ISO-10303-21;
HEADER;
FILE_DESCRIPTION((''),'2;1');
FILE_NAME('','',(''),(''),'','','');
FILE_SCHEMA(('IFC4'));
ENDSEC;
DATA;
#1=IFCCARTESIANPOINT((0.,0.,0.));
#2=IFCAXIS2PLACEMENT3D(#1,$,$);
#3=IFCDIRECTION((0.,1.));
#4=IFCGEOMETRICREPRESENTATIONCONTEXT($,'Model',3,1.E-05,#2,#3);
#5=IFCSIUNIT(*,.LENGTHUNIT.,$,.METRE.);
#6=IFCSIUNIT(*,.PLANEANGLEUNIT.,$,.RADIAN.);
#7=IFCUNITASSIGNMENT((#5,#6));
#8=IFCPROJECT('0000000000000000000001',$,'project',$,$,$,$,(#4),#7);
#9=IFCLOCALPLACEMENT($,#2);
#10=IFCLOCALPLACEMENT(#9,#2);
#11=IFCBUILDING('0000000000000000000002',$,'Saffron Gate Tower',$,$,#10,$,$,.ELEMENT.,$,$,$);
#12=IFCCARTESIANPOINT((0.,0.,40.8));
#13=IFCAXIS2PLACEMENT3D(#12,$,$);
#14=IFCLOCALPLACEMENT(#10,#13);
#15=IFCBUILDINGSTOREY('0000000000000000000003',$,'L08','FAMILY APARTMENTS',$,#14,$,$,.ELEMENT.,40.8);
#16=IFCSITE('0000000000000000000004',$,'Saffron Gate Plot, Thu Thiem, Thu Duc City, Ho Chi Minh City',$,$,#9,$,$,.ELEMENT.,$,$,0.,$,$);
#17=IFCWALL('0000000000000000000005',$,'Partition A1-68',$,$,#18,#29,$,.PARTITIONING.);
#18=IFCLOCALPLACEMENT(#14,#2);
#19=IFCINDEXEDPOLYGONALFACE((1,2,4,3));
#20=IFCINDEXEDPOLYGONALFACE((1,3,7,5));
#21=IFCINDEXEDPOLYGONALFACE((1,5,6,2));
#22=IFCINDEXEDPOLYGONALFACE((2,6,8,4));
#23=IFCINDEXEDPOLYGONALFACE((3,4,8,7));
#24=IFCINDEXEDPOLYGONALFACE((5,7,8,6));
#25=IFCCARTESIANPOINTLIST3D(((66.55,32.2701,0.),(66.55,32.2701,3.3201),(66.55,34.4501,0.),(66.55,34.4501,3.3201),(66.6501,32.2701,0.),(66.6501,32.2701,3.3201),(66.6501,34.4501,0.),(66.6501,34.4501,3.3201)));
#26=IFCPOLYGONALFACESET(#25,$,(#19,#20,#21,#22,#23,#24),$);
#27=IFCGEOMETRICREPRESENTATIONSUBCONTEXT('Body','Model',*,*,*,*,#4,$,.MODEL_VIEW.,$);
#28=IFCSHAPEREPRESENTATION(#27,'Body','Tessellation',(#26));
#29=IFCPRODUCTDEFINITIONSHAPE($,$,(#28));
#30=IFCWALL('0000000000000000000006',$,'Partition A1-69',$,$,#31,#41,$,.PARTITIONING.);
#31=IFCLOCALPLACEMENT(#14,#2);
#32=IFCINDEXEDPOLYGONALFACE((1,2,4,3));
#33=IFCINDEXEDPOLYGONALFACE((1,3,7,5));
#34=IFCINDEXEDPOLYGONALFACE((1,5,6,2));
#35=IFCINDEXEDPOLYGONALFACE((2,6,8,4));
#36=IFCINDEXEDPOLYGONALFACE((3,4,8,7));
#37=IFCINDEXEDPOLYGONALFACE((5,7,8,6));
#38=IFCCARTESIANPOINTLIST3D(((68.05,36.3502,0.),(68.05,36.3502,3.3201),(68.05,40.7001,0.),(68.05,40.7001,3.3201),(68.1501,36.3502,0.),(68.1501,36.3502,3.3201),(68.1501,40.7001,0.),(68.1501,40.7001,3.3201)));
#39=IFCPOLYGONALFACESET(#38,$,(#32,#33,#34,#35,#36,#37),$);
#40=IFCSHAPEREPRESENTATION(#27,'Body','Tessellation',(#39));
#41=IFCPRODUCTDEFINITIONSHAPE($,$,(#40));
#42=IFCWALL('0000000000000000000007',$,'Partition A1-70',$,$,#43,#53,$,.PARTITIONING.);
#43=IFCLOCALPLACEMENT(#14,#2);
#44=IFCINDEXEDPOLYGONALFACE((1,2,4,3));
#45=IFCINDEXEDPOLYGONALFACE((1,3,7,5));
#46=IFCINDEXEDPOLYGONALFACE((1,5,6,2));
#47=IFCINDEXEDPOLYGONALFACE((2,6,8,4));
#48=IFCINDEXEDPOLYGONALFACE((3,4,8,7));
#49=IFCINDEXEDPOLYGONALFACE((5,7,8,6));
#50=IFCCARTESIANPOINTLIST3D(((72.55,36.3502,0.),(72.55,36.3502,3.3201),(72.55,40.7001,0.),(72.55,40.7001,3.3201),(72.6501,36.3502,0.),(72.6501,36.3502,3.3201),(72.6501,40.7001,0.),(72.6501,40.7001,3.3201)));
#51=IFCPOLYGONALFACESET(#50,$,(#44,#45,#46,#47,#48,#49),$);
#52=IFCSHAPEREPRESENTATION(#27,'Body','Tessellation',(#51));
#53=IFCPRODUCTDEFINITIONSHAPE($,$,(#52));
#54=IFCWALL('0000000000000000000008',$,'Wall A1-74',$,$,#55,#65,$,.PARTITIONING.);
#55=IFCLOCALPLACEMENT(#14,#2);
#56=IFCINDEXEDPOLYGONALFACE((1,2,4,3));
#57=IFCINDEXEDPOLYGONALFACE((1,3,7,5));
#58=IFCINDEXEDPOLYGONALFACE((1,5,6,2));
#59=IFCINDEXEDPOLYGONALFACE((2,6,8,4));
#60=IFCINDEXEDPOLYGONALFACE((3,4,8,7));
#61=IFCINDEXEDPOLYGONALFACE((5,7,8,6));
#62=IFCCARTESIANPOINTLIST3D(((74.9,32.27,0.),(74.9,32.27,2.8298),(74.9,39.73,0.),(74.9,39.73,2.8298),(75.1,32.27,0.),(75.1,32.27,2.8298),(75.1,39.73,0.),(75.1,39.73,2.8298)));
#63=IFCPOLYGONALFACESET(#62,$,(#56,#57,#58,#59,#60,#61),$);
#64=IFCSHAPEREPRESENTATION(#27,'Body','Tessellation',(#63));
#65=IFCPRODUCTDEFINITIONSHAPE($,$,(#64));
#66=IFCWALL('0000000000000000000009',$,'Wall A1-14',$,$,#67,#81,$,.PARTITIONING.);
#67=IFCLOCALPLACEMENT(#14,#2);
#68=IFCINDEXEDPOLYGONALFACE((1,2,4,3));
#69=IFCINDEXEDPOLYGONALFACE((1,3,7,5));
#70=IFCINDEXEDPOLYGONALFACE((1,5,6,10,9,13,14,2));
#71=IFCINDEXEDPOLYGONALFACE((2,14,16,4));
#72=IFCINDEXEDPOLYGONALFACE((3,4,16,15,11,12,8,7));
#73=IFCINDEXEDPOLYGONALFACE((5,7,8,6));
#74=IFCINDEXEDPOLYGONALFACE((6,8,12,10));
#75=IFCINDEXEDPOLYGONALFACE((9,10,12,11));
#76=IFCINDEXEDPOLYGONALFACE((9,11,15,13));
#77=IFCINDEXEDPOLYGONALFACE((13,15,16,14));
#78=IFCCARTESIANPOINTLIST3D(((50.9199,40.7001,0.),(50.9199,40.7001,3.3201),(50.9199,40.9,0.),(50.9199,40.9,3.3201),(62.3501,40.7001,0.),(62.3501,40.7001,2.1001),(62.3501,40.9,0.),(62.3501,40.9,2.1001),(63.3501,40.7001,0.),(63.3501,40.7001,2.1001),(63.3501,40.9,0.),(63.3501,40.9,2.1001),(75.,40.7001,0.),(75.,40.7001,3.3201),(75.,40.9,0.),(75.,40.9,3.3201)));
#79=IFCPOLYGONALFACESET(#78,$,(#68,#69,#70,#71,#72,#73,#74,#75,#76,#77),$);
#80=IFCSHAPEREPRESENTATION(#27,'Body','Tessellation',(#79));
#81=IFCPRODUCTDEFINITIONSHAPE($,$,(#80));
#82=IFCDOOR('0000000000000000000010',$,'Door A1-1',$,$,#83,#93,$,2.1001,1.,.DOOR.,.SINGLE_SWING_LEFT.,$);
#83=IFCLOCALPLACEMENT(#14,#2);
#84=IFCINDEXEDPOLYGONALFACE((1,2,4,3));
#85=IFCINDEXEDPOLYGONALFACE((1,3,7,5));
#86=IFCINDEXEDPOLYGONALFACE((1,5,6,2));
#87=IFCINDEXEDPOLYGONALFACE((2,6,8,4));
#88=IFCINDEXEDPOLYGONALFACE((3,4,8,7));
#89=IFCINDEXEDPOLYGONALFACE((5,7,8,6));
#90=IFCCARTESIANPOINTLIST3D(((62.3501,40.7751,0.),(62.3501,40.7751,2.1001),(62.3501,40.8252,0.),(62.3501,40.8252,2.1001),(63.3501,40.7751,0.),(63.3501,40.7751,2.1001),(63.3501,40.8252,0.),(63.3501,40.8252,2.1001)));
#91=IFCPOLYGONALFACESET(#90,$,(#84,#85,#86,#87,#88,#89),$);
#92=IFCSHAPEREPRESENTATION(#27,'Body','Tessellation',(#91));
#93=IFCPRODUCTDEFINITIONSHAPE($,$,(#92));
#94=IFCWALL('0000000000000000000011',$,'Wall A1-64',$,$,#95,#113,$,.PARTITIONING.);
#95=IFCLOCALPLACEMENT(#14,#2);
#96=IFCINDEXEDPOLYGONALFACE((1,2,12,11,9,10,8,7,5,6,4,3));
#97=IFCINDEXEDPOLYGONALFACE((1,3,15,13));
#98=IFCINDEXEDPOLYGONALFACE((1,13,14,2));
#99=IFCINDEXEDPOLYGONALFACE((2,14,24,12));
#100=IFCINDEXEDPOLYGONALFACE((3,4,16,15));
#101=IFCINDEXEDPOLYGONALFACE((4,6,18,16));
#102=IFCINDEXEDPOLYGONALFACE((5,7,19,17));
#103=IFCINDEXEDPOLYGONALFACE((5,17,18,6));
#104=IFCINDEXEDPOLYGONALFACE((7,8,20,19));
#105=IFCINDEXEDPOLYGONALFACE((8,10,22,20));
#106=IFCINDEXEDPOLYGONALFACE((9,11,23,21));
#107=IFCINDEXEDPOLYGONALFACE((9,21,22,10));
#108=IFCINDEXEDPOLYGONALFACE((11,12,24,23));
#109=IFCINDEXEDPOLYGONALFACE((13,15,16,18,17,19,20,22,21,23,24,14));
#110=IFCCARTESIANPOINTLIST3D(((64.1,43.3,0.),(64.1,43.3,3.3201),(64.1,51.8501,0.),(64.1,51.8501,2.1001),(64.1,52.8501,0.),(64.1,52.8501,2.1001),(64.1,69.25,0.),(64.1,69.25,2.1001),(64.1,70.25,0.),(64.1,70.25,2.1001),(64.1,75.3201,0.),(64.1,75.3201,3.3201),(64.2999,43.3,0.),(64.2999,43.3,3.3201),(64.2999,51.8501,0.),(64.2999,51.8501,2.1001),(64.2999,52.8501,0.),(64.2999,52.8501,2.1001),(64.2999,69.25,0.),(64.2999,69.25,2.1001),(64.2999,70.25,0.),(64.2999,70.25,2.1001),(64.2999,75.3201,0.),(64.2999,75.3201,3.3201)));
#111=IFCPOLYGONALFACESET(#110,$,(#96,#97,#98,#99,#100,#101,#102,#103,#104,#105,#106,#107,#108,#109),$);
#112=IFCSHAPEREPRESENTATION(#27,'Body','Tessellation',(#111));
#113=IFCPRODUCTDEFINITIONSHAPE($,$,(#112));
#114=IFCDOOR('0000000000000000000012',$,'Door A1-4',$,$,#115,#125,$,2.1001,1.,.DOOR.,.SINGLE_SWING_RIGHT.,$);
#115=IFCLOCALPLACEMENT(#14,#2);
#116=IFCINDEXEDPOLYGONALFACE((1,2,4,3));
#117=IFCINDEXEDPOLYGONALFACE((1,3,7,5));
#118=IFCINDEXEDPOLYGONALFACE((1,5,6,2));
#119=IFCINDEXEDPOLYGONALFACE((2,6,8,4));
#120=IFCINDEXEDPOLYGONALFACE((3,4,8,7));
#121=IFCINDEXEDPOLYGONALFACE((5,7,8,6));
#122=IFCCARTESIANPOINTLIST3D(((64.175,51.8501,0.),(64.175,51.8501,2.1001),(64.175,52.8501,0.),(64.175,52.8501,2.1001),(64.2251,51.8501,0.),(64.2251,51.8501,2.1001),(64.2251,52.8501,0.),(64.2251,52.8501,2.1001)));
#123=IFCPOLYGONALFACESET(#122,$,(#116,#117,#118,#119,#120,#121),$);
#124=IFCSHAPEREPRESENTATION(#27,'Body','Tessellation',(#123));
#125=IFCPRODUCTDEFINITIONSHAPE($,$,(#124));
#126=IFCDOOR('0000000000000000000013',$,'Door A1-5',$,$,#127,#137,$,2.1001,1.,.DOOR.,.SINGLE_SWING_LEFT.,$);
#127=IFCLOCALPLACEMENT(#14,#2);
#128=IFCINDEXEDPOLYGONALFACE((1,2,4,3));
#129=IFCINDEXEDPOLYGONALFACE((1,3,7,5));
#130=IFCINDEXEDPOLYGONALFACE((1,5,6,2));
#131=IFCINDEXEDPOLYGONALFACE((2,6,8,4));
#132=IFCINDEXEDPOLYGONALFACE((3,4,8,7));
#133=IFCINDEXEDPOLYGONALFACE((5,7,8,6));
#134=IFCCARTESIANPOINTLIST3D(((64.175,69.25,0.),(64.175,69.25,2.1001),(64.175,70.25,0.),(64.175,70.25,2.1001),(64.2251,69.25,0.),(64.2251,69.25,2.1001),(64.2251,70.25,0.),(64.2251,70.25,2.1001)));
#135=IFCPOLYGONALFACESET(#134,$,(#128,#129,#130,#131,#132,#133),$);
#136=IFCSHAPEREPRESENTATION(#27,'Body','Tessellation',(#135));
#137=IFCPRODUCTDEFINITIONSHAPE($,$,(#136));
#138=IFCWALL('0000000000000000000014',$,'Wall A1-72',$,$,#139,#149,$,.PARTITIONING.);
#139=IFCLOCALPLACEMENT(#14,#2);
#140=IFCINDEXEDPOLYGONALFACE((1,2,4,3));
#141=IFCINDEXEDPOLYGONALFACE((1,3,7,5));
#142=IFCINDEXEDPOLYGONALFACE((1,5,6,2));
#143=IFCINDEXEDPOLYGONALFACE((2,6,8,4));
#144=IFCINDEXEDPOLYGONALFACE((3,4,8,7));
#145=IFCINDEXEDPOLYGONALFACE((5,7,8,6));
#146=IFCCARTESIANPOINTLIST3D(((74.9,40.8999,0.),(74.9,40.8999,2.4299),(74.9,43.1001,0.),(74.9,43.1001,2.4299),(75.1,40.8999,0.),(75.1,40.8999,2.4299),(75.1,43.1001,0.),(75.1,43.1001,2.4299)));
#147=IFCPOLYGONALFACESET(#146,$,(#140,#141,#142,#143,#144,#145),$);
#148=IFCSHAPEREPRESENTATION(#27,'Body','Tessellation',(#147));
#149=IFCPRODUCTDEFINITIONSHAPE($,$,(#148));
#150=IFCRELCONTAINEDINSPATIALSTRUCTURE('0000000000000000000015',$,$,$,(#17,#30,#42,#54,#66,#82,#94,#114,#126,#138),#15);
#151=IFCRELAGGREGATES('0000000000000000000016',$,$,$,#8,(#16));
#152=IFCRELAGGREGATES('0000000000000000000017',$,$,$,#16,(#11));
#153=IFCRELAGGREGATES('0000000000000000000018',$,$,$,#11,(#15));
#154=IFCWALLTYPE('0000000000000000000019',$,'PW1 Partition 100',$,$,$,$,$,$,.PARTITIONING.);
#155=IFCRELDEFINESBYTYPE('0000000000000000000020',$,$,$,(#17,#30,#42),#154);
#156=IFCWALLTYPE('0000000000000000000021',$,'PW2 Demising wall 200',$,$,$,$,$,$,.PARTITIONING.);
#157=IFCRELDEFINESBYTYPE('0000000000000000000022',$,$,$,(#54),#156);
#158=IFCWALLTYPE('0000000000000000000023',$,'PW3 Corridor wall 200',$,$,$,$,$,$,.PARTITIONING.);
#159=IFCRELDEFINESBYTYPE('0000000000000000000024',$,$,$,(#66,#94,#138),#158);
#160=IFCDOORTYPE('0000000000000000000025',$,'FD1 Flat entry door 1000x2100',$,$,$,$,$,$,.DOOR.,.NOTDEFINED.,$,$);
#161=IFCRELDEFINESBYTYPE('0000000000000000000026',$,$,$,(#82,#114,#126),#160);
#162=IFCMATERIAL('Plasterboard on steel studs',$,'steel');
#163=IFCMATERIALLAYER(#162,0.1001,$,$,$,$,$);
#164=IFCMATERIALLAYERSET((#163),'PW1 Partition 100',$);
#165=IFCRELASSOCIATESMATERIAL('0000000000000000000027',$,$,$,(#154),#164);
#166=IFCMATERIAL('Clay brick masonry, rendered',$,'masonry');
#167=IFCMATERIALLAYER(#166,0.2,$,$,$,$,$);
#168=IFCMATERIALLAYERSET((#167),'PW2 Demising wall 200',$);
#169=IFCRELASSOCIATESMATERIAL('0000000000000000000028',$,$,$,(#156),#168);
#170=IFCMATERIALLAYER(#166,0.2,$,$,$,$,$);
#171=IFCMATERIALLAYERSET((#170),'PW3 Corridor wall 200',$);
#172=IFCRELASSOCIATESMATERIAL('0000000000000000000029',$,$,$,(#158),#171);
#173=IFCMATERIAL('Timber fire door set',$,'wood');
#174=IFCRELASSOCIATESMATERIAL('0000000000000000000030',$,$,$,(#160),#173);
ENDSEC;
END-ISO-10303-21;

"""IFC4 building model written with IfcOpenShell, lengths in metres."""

from ifc_helpers import new_model, si_unit, direction, frame, frame_2d, origin, place, context, subcontext, project, spatial, rectangle, extrude, material, layer, layer_set, type_object, element, fill, save


model = new_model("IFC4")

# Units and contexts
model_context = context("Model", 3, precision=1e-05, world=origin(), true_north=direction((0.0, 1.0)))
body_context = subcontext(model_context, "Body", "Model", "MODEL_VIEW")
ifc_project = project(units=[si_unit("LENGTHUNIT", "METRE"), si_unit("PLANEANGLEUNIT", "RADIAN")], contexts=[model_context])

# Site, building, storey
site_placement = place(None, origin())
site = spatial("IfcSite", under=ifc_project, at=site_placement, Name="Saffron Gate Plot, Thu Thiem, Thu Duc City, Ho Chi Minh City", CompositionType="ELEMENT", RefElevation=0.0)
building_placement = place(site_placement, origin())
building = spatial("IfcBuilding", under=site, at=building_placement, Name="Saffron Gate Tower", CompositionType="ELEMENT")
storey_placement = place(building_placement, frame((0.0, 0.0, 40.8)))
storey = spatial("IfcBuildingStorey", under=building, at=storey_placement, Name="L08", Description="FAMILY APARTMENTS", CompositionType="ELEMENT", Elevation=40.8)

# Shared definitions
ifc_material_1 = material(Name="Plasterboard on steel studs", Category="steel")
ifc_layer_1 = layer(ifc_material_1, 0.1001)
ifc_layer_set_1 = layer_set([ifc_layer_1], Name="PW1 Partition 100")
wall_type_1 = type_object("IfcWallType", Name="PW1 Partition 100", PredefinedType="PARTITIONING", material=ifc_layer_set_1)

# Walls
wall_1_placement = place(storey_placement, frame((66.6001, 34.45, 0.0), z_axis=(0.0, 0.0, 1.0), x_axis=(0.0, -1.0, 0.0)))
element("IfcWall", 1, at=wall_1_placement, inside=storey, type_object=wall_type_1, Name="Partition A1-68", PredefinedType="PARTITIONING", context=body_context, shape_type="SweptSolid", body=[
    extrude(rectangle(XDim=2.1799, YDim=0.1001, at=frame_2d((1.0898, 0.0))), origin(), (0.0, 0.0, 1.0), 3.3201),
])
for number, where, z_axis, x_axis, name in (
    (2, (68.1001, 40.7, 0.0), (0.0, 0.0, 1.0), (0.0, -1.0, 0.0), "Partition A1-69"),
    (3, (72.6001, 40.7, 0.0), (0.0, 0.0, 1.0), (0.0, -1.0, 0.0), "Partition A1-70"),
):
    element("IfcWall", number, at=place(storey_placement, frame(where, z_axis=z_axis, x_axis=x_axis)), inside=storey, type_object=wall_type_1, Name=name, PredefinedType="PARTITIONING", context=body_context, shape_type="SweptSolid", body=[
        extrude(rectangle(XDim=4.3499, YDim=0.1001, at=frame_2d((2.1748, 0.0))), origin(), (0.0, 0.0, 1.0), 3.3201),
    ])
ifc_material_2 = material(Name="Clay brick masonry, rendered", Category="masonry")
ifc_layer_2 = layer(ifc_material_2, 0.2)
ifc_layer_set_2 = layer_set([ifc_layer_2], Name="PW2 Demising wall 200")
wall_type_2 = type_object("IfcWallType", Name="PW2 Demising wall 200", PredefinedType="PARTITIONING", material=ifc_layer_set_2)
wall_2_placement = place(storey_placement, frame((75.0, 39.73, 0.0), z_axis=(0.0, 0.0, 1.0), x_axis=(0.0, -1.0, 0.0)))
element("IfcWall", 4, at=wall_2_placement, inside=storey, type_object=wall_type_2, Name="Wall A1-74", PredefinedType="PARTITIONING", context=body_context, shape_type="SweptSolid", body=[
    extrude(rectangle(XDim=7.46, YDim=0.2, at=frame_2d((3.73, 0.0))), origin(), (0.0, 0.0, 1.0), 2.8298),
])

# Wall, opening, door
ifc_layer_3 = layer(ifc_material_2, 0.2)
ifc_layer_set_3 = layer_set([ifc_layer_3], Name="PW3 Corridor wall 200")
wall_type_3 = type_object("IfcWallType", Name="PW3 Corridor wall 200", PredefinedType="PARTITIONING", material=ifc_layer_set_3)
wall_3_placement = place(storey_placement, frame((75.0, 40.8, 0.0), z_axis=(0.0, 0.0, 1.0), x_axis=(-1.0, 0.0, 0.0)))
wall_3 = element("IfcWall", 5, at=wall_3_placement, inside=storey, type_object=wall_type_3, Name="Wall A1-14", PredefinedType="PARTITIONING", context=body_context, shape_type="SweptSolid", body=[
    extrude(rectangle(XDim=24.0801, YDim=0.2, at=frame_2d((12.04, 0.0))), origin(), (0.0, 0.0, 1.0), 3.3201),
])
opening_1_placement = place(wall_3_placement, frame((11.6499, 0.0, 0.0)))
opening_1 = element("IfcOpeningElement", 6, at=opening_1_placement, cuts=wall_3, PredefinedType="OPENING", context=body_context, shape_type="SweptSolid", body=[
    extrude(rectangle(XDim=1.0, YDim=2.1001, at=frame_2d((0.5, 1.05))), frame((0.0, 0.1099, 0.0), z_axis=(0.0, -1.0, 0.0), x_axis=(1.0, 0.0, 0.0)), (0.0, 0.0, 1.0), 0.22),
])
ifc_material_3 = material(Name="Timber fire door set", Category="wood")
door_type_1 = type_object("IfcDoorType", Name="FD1 Flat entry door 1000x2100", OperationType="NOTDEFINED", PredefinedType="DOOR", material=ifc_material_3)
door_1_placement = place(opening_1_placement, origin())
door_1 = element("IfcDoor", 7, at=door_1_placement, inside=storey, type_object=door_type_1, Name="Door A1-1", OperationType="SINGLE_SWING_LEFT", OverallHeight=2.1001, OverallWidth=1.0, PredefinedType="DOOR", context=body_context, shape_type="SweptSolid", body=[
    extrude(rectangle(XDim=1.0, YDim=2.1001, at=frame_2d((0.5, 1.05))), frame((0.0, 0.0249, 0.0), z_axis=(0.0, -1.0, 0.0), x_axis=(1.0, 0.0, 0.0)), (0.0, 0.0, 1.0), 0.05),
])
fill(opening_1, door_1)

# Wall, openings, doors
wall_4_placement = place(storey_placement, frame((64.2, 43.3, 0.0), z_axis=(0.0, 0.0, 1.0), x_axis=(0.0, 1.0, 0.0)))
wall_4 = element("IfcWall", 8, at=wall_4_placement, inside=storey, type_object=wall_type_3, Name="Wall A1-64", PredefinedType="PARTITIONING", context=body_context, shape_type="SweptSolid", body=[
    extrude(rectangle(XDim=32.02, YDim=0.2, at=frame_2d((16.01, 0.0))), origin(), (0.0, 0.0, 1.0), 3.3201),
])
opening_2_placement = place(wall_4_placement, frame((8.55, 0.0, 0.0)))
opening_2 = element("IfcOpeningElement", 9, at=opening_2_placement, cuts=wall_4, PredefinedType="OPENING", context=body_context, shape_type="SweptSolid", body=[
    extrude(rectangle(XDim=1.0, YDim=2.1001, at=frame_2d((0.5, 1.05))), frame((0.0, 0.1099, 0.0), z_axis=(0.0, -1.0, 0.0), x_axis=(1.0, 0.0, 0.0)), (0.0, 0.0, 1.0), 0.22),
])
opening_3_placement = place(wall_4_placement, frame((25.95, 0.0, 0.0)))
opening_3 = element("IfcOpeningElement", 10, at=opening_3_placement, cuts=wall_4, PredefinedType="OPENING", context=body_context, shape_type="SweptSolid", body=[
    extrude(rectangle(XDim=1.0, YDim=2.1001, at=frame_2d((0.5, 1.05))), frame((0.0, 0.1099, 0.0), z_axis=(0.0, -1.0, 0.0), x_axis=(1.0, 0.0, 0.0)), (0.0, 0.0, 1.0), 0.22),
])
door_2_placement = place(opening_2_placement, origin())
door_2 = element("IfcDoor", 11, at=door_2_placement, inside=storey, type_object=door_type_1, Name="Door A1-4", OperationType="SINGLE_SWING_RIGHT", OverallHeight=2.1001, OverallWidth=1.0, PredefinedType="DOOR", context=body_context, shape_type="SweptSolid", body=[
    extrude(rectangle(XDim=1.0, YDim=2.1001, at=frame_2d((0.5, 1.05))), frame((0.0, 0.0249, 0.0), z_axis=(0.0, -1.0, 0.0), x_axis=(1.0, 0.0, 0.0)), (0.0, 0.0, 1.0), 0.05),
])
fill(opening_2, door_2)
door_3_placement = place(opening_3_placement, origin())
door_3 = element("IfcDoor", 12, at=door_3_placement, inside=storey, type_object=door_type_1, Name="Door A1-5", OperationType="SINGLE_SWING_LEFT", OverallHeight=2.1001, OverallWidth=1.0, PredefinedType="DOOR", context=body_context, shape_type="SweptSolid", body=[
    extrude(rectangle(XDim=1.0, YDim=2.1001, at=frame_2d((0.5, 1.05))), frame((0.0, 0.0249, 0.0), z_axis=(0.0, -1.0, 0.0), x_axis=(1.0, 0.0, 0.0)), (0.0, 0.0, 1.0), 0.05),
])
fill(opening_3, door_3)

# Wall
wall_5_placement = place(storey_placement, frame((75.0, 43.1001, 0.0), z_axis=(0.0, 0.0, 1.0), x_axis=(0.0, -1.0, 0.0)))
element("IfcWall", 13, at=wall_5_placement, inside=storey, type_object=wall_type_3, Name="Wall A1-72", PredefinedType="PARTITIONING", context=body_context, shape_type="SweptSolid", body=[
    extrude(rectangle(XDim=2.2002, YDim=0.2, at=frame_2d((1.1001, 0.0))), origin(), (0.0, 0.0, 1.0), 2.4299),
])

save(model, "model.ifc")
